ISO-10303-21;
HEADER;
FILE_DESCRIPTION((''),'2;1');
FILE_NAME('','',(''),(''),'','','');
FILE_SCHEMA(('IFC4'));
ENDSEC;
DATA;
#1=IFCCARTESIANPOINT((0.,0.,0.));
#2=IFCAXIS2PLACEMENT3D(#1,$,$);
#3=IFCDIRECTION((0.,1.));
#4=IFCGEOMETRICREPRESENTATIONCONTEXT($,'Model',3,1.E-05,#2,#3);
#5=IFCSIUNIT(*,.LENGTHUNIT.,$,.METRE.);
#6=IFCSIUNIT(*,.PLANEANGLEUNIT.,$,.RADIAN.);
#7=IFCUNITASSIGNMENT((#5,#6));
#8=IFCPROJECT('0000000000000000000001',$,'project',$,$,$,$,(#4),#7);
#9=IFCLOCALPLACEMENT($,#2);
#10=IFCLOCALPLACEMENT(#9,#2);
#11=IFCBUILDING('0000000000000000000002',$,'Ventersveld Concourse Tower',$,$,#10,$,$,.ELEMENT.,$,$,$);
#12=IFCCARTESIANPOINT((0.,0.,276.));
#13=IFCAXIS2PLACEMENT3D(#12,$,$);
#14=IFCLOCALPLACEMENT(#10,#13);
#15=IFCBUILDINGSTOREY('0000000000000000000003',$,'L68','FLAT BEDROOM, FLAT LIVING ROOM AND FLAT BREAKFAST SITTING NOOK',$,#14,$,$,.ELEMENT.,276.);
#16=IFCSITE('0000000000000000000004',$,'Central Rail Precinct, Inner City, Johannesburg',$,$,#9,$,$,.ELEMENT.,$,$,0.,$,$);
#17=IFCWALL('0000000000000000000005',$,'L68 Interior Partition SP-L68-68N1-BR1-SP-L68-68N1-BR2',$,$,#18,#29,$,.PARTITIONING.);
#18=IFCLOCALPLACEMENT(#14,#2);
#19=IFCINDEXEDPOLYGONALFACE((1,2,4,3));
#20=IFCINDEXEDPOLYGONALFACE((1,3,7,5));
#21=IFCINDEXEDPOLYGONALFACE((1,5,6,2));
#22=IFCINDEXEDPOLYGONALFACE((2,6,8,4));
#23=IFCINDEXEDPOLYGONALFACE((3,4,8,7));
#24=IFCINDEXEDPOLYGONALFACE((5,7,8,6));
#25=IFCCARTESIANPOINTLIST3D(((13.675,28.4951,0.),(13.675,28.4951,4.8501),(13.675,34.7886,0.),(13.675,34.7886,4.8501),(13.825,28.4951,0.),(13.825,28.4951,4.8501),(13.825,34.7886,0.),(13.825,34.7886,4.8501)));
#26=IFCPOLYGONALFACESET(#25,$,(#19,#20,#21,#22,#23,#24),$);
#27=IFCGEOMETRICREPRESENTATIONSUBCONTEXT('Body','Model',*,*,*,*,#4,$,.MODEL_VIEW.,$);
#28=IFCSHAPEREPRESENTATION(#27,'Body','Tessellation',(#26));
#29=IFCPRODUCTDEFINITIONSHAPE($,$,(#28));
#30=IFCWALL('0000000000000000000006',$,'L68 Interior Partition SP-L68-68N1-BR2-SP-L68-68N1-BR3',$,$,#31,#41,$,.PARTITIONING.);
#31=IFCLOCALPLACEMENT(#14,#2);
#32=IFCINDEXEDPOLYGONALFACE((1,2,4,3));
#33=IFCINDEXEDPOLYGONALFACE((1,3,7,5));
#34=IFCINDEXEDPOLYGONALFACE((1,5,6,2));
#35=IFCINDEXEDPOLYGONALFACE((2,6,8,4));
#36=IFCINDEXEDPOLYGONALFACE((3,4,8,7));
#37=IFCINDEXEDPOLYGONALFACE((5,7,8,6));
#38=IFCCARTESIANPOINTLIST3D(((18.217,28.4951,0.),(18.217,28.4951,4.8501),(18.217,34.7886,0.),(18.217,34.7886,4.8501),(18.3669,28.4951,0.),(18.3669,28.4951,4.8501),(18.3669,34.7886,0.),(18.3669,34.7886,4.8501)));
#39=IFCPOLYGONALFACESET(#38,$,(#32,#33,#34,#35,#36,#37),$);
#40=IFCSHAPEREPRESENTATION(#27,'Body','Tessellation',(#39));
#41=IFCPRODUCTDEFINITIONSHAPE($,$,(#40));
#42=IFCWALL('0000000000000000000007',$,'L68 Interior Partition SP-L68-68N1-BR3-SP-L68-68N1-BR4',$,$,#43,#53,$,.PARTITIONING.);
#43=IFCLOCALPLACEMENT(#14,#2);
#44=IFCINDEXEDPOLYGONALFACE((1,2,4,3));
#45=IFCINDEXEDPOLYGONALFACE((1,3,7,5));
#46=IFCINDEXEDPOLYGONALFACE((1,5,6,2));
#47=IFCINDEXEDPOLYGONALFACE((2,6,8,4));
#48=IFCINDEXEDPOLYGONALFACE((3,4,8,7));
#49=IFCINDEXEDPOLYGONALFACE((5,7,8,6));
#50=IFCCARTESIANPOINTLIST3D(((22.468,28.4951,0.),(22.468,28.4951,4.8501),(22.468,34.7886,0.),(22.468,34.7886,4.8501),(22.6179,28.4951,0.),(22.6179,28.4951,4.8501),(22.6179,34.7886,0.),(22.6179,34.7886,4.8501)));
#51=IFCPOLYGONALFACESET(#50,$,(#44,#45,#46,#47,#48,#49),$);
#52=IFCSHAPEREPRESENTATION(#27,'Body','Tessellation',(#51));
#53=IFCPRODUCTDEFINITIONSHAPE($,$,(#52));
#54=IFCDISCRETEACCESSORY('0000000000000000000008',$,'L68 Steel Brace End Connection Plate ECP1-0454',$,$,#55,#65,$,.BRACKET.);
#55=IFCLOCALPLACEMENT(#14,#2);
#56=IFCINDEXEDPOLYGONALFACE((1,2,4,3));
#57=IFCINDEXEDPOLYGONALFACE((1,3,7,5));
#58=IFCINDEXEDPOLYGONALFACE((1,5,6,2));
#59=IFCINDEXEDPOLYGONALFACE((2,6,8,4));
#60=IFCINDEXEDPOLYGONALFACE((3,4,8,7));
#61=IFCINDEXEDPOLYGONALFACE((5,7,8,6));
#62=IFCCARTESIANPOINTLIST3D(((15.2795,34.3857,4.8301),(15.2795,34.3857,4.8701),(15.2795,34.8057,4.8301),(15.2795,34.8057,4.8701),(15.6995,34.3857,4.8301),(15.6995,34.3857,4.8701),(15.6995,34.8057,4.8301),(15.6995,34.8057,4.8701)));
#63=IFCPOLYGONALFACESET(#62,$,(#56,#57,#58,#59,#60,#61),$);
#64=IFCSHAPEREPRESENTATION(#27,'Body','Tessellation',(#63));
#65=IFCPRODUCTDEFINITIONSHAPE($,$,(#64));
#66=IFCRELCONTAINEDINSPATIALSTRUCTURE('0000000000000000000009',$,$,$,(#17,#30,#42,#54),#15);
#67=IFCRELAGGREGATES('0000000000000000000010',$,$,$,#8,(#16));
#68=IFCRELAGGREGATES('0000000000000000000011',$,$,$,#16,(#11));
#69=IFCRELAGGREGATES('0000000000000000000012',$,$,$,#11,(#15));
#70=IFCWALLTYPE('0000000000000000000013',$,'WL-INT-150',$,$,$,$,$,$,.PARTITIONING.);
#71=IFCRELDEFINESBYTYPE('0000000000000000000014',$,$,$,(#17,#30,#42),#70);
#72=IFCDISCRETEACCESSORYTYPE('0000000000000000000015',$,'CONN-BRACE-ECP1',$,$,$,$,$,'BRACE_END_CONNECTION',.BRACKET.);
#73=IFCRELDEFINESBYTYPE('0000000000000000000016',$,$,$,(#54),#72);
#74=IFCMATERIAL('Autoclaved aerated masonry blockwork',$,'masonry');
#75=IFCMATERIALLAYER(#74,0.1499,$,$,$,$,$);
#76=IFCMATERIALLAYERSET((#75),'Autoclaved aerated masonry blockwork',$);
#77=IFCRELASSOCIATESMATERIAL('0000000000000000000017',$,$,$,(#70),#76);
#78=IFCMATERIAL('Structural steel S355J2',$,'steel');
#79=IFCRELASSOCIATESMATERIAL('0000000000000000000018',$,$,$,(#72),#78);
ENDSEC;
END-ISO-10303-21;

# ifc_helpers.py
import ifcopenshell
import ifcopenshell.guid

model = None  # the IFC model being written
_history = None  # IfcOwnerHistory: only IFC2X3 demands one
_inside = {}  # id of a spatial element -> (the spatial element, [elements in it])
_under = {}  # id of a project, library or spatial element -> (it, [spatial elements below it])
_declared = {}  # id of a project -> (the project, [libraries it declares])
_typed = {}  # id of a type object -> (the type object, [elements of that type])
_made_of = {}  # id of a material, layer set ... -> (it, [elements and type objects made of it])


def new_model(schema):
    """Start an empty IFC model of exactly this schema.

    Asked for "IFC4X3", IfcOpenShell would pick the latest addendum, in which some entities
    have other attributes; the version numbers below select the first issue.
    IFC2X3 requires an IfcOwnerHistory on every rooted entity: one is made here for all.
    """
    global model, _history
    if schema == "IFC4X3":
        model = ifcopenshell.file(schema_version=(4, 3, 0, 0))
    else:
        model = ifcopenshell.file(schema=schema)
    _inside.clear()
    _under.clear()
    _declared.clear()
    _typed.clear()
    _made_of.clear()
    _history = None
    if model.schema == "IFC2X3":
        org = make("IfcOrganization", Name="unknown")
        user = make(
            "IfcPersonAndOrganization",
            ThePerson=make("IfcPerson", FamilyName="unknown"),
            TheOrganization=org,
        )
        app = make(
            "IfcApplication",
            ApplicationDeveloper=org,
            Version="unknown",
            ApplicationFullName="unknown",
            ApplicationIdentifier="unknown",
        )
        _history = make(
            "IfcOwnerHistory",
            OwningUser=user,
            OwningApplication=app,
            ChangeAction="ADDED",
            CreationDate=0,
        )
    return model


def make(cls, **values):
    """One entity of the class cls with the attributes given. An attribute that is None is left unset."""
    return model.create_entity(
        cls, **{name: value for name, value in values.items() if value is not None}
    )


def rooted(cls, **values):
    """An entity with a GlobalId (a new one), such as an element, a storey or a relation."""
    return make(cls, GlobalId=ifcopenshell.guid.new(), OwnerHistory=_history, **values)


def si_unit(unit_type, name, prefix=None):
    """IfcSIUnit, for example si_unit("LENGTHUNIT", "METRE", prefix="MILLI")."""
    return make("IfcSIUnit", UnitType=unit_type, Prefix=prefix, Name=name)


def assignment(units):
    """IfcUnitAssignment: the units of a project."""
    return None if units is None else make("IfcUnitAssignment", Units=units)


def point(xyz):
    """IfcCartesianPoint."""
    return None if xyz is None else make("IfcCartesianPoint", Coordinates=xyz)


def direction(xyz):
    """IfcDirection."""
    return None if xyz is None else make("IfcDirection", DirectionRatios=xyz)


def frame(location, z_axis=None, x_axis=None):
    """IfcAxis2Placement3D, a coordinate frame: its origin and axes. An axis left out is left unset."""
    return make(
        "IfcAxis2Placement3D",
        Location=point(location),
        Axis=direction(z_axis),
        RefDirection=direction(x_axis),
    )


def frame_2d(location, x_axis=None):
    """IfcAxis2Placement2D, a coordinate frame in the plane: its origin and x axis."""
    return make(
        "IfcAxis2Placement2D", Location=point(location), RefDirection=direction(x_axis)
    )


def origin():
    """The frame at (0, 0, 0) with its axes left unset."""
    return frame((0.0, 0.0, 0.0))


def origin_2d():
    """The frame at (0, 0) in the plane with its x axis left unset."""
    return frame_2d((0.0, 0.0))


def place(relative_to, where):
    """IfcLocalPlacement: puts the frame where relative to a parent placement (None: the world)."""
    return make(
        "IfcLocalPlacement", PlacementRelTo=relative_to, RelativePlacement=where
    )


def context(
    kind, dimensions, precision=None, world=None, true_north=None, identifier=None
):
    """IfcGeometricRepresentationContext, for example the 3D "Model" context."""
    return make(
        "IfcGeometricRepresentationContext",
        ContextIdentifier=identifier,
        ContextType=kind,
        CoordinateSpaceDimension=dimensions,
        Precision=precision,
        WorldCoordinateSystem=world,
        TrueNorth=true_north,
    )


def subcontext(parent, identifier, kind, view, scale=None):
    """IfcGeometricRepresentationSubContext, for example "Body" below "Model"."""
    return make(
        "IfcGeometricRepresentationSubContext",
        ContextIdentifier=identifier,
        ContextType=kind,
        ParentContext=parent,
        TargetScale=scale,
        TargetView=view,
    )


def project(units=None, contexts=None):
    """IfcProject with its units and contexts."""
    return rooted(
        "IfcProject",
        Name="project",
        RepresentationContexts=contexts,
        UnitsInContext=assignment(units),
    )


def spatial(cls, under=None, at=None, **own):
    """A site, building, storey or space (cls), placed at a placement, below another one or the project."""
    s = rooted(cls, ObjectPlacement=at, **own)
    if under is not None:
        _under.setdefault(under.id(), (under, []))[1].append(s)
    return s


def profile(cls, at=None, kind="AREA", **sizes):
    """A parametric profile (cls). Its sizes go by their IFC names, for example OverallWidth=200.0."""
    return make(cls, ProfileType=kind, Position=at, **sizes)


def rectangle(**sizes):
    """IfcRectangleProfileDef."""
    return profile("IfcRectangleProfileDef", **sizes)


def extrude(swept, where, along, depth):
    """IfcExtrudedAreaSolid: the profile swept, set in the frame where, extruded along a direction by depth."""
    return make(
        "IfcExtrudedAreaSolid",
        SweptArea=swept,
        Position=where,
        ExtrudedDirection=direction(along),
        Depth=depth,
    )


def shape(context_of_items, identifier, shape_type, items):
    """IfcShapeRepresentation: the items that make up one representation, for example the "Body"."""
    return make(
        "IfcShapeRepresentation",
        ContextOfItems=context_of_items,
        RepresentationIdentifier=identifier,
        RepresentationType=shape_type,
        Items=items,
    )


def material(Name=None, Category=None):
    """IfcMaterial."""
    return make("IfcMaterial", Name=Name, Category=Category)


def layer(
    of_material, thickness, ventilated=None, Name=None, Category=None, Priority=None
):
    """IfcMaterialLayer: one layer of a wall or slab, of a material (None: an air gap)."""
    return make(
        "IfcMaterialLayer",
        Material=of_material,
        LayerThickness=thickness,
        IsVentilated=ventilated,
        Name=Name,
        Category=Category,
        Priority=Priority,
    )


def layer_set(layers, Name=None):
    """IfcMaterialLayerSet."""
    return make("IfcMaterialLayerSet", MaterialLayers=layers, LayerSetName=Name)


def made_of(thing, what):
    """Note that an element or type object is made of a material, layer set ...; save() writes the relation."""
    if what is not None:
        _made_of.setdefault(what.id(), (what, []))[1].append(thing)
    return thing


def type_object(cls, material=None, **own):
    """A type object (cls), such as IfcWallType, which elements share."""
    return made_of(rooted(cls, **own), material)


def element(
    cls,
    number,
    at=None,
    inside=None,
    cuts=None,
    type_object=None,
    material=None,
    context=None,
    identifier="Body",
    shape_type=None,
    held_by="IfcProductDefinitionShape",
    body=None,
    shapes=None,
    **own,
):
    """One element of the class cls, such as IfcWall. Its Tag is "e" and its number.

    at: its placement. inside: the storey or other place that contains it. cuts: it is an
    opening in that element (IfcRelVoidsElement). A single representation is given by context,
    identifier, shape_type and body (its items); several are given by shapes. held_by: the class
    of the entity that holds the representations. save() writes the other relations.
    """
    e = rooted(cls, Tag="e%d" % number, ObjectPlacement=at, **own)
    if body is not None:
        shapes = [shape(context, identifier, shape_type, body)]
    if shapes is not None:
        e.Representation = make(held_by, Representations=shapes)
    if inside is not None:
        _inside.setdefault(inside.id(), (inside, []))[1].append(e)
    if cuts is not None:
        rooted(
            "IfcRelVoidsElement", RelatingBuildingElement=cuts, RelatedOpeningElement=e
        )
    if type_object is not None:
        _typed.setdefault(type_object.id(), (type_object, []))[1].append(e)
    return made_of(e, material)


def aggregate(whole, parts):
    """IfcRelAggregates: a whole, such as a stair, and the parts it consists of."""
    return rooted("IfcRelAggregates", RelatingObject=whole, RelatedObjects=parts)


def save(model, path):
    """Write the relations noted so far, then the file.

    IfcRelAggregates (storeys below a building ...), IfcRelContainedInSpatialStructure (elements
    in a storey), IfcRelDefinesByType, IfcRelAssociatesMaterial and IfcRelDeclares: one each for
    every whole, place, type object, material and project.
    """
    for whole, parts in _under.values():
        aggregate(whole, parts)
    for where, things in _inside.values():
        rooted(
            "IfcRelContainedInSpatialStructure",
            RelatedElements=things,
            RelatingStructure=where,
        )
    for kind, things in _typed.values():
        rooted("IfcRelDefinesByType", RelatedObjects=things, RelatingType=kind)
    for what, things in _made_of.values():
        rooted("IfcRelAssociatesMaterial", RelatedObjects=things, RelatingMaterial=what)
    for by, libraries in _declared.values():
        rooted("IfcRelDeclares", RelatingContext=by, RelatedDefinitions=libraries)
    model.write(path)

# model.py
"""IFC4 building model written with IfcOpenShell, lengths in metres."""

from ifc_helpers import new_model, si_unit, direction, frame, frame_2d, origin, origin_2d, place, context, subcontext, project, spatial, rectangle, extrude, material, layer, layer_set, type_object, element, save


model = new_model("IFC4")

# Units and contexts
model_context = context("Model", 3, precision=1e-05, world=origin(), true_north=direction((0.0, 1.0)))
body_context = subcontext(model_context, "Body", "Model", "MODEL_VIEW")
ifc_project = project(units=[si_unit("LENGTHUNIT", "METRE"), si_unit("PLANEANGLEUNIT", "RADIAN")], contexts=[model_context])

# Site, building, storey
site_placement = place(None, origin())
site = spatial("IfcSite", under=ifc_project, at=site_placement, Name="Central Rail Precinct, Inner City, Johannesburg", CompositionType="ELEMENT", RefElevation=0.0)
building_placement = place(site_placement, origin())
building = spatial("IfcBuilding", under=site, at=building_placement, Name="Ventersveld Concourse Tower", CompositionType="ELEMENT")
storey_placement = place(building_placement, frame((0.0, 0.0, 276.0)))
storey = spatial("IfcBuildingStorey", under=building, at=storey_placement, Name="L68", Description="FLAT BEDROOM, FLAT LIVING ROOM AND FLAT BREAKFAST SITTING NOOK", CompositionType="ELEMENT", Elevation=276.0)

# Shared definitions
ifc_material_1 = material(Name="Structural steel S355J2", Category="steel")

# Shared definitions
ifc_material_2 = material(Name="Autoclaved aerated masonry blockwork", Category="masonry")
ifc_layer = layer(ifc_material_2, 0.1499)
ifc_layer_set = layer_set([ifc_layer], Name="Autoclaved aerated masonry blockwork")
wall_type = type_object("IfcWallType", Name="WL-INT-150", PredefinedType="PARTITIONING", material=ifc_layer_set)

# Walls
for number, where, z_axis, x_axis, name in (
    (1, (13.75, 28.4951, 0.0), (0.0, 0.0, 1.0), (0.0, 1.0, 0.0), "L68 Interior Partition SP-L68-68N1-BR1-SP-L68-68N1-BR2"),
    (2, (18.292, 28.4951, 0.0), (0.0, 0.0, 1.0), (0.0, 1.0, 0.0), "L68 Interior Partition SP-L68-68N1-BR2-SP-L68-68N1-BR3"),
    (3, (22.543, 28.4951, 0.0), (0.0, 0.0, 1.0), (0.0, 1.0, 0.0), "L68 Interior Partition SP-L68-68N1-BR3-SP-L68-68N1-BR4"),
):
    element("IfcWall", number, at=place(storey_placement, frame(where, z_axis=z_axis, x_axis=x_axis)), inside=storey, type_object=wall_type, Name=name, PredefinedType="PARTITIONING", context=body_context, shape_type="SweptSolid", body=[
        extrude(rectangle(XDim=6.2935, YDim=0.1499, at=frame_2d((3.1467, 0.0))), origin(), (0.0, 0.0, 1.0), 4.8501),
    ])

# Discrete accessory
discrete_accessory_type = type_object("IfcDiscreteAccessoryType", Name="CONN-BRACE-ECP1", ElementType="BRACE_END_CONNECTION", PredefinedType="BRACKET", material=ifc_material_1)
discrete_accessory_placement = place(storey_placement, frame((15.4895, 34.5957, 4.8301), z_axis=(0.0, 0.0, 1.0), x_axis=(1.0, 0.0, 0.0)))
element("IfcDiscreteAccessory", 4, at=discrete_accessory_placement, inside=storey, type_object=discrete_accessory_type, Name="L68 Steel Brace End Connection Plate ECP1-0454", PredefinedType="BRACKET", context=body_context, shape_type="SweptSolid", body=[
    extrude(rectangle(XDim=0.4199, YDim=0.4199, at=origin_2d()), origin(), (0.0, 0.0, 1.0), 0.04),
])

save(model, "model.ifc")
